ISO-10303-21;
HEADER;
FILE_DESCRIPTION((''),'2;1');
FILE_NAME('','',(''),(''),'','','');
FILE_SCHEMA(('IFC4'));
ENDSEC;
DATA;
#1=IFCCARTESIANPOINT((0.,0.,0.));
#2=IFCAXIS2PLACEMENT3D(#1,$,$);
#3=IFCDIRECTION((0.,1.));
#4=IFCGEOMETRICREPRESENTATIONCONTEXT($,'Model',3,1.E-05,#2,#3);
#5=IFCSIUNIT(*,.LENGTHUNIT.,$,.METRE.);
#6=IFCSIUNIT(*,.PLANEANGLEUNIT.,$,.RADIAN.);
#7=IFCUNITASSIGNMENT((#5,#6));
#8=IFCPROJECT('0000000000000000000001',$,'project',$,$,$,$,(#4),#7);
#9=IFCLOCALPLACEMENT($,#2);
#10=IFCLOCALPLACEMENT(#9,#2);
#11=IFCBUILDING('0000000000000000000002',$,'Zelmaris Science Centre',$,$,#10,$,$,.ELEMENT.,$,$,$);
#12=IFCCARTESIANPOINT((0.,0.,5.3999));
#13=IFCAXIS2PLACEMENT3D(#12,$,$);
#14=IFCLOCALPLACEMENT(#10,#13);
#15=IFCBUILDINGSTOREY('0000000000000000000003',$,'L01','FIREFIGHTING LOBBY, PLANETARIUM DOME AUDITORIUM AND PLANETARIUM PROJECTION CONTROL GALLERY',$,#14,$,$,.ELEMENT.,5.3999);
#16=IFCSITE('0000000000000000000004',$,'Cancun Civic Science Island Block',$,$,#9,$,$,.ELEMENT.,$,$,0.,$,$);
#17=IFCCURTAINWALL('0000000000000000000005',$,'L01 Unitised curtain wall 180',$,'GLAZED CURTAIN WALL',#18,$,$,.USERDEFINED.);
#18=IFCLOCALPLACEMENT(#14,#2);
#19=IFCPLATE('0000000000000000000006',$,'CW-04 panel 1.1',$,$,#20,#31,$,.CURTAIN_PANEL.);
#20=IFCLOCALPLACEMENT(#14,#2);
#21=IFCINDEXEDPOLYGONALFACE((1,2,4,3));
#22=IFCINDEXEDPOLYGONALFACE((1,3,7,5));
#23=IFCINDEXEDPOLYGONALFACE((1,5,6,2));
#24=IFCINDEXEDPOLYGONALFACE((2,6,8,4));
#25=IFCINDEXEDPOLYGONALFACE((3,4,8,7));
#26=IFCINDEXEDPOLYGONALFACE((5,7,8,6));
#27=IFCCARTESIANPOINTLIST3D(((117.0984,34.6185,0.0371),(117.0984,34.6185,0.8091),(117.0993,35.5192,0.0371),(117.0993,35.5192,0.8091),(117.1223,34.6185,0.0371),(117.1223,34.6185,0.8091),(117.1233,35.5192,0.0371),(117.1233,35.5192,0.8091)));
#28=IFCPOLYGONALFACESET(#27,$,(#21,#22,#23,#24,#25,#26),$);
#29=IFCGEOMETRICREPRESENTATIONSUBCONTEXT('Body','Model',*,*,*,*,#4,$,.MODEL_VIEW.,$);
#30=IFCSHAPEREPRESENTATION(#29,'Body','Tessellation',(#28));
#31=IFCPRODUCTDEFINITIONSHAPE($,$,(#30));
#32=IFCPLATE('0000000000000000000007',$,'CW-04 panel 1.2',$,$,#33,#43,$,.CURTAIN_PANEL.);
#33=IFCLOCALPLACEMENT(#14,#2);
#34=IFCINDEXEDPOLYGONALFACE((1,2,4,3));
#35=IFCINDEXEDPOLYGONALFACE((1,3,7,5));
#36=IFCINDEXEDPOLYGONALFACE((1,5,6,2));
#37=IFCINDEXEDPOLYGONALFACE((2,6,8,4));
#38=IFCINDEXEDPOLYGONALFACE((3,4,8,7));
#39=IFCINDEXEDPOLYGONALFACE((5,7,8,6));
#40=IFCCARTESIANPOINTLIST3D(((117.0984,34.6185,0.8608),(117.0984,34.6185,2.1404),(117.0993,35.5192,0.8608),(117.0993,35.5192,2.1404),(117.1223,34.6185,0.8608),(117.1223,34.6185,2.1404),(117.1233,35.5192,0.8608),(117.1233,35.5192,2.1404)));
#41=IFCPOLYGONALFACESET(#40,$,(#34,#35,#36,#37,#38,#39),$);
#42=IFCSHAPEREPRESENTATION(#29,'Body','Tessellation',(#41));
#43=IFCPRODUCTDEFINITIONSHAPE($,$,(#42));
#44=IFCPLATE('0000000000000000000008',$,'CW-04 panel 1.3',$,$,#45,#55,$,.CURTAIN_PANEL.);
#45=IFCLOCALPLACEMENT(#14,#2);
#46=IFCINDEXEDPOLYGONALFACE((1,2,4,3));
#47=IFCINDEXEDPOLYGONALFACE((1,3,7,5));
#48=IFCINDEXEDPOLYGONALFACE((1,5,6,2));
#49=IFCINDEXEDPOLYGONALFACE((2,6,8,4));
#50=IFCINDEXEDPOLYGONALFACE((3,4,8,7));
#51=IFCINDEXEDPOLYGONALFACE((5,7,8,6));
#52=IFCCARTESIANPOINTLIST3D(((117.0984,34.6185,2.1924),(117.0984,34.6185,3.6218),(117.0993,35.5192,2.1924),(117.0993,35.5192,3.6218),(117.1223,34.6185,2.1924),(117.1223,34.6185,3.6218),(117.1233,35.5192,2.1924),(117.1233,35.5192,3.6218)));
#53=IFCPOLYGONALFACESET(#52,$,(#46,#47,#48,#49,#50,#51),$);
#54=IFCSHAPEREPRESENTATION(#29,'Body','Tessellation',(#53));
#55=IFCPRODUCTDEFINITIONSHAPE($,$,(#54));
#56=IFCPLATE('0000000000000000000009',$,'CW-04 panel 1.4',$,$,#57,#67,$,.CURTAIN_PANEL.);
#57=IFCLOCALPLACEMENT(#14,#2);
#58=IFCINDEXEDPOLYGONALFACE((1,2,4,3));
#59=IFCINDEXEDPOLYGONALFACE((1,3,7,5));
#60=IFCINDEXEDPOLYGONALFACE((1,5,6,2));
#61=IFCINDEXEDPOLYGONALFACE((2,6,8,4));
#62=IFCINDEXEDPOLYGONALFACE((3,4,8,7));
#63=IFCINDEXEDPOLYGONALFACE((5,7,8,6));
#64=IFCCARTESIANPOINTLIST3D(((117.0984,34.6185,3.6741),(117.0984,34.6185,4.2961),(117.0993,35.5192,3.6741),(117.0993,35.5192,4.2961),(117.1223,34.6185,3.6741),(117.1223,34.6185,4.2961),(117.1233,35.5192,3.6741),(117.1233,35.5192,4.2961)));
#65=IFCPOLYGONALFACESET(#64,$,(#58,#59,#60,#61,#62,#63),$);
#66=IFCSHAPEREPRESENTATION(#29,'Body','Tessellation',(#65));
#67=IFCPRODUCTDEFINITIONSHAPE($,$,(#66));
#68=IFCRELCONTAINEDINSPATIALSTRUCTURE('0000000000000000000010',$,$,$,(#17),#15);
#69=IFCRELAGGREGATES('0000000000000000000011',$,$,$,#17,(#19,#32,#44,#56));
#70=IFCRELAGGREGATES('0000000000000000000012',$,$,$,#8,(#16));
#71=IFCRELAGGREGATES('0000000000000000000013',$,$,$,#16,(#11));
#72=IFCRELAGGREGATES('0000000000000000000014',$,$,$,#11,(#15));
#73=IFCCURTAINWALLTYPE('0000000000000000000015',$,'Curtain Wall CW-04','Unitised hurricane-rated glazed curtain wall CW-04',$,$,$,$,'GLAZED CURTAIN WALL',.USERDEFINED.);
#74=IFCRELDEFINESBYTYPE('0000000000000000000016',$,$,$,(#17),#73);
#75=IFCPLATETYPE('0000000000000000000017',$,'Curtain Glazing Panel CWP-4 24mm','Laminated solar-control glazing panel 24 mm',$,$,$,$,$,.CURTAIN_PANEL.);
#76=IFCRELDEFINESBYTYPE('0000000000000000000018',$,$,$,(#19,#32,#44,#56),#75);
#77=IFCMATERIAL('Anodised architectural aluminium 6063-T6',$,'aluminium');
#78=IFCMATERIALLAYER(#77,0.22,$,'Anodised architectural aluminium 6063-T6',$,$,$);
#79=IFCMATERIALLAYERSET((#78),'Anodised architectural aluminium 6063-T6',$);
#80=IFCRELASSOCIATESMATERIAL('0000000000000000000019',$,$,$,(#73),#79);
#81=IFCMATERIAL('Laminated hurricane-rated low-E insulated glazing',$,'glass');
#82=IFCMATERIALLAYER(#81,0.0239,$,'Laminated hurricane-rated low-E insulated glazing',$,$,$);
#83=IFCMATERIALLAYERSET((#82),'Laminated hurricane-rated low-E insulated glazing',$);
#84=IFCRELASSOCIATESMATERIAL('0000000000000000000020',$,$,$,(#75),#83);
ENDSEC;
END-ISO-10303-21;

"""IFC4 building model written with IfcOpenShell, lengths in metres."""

from ifc_helpers import new_model, si_unit, direction, frame, origin, origin_2d, place, context, subcontext, project, spatial, rectangle, extrude, material, layer, layer_set, type_object, element, aggregate, save


model = new_model("IFC4")

# Units and contexts
model_context = context("Model", 3, precision=1e-05, world=origin(), true_north=direction((0.0, 1.0)))
body_context = subcontext(model_context, "Body", "Model", "MODEL_VIEW")
ifc_project = project(units=[si_unit("LENGTHUNIT", "METRE"), si_unit("PLANEANGLEUNIT", "RADIAN")], contexts=[model_context])

# Site, building, storey
site_placement = place(None, origin())
site = spatial("IfcSite", under=ifc_project, at=site_placement, Name="Cancun Civic Science Island Block", CompositionType="ELEMENT", RefElevation=0.0)
building_placement = place(site_placement, origin())
building = spatial("IfcBuilding", under=site, at=building_placement, Name="Zelmaris Science Centre", CompositionType="ELEMENT")
storey_placement = place(building_placement, frame((0.0, 0.0, 5.3999)))
storey = spatial("IfcBuildingStorey", under=building, at=storey_placement, Name="L01", Description="FIREFIGHTING LOBBY, PLANETARIUM DOME AUDITORIUM AND PLANETARIUM PROJECTION CONTROL GALLERY", CompositionType="ELEMENT", Elevation=5.3999)

# Curtain wall
ifc_material_1 = material(Name="Anodised architectural aluminium 6063-T6", Category="aluminium")
ifc_layer_1 = layer(ifc_material_1, 0.22, Name="Anodised architectural aluminium 6063-T6")
ifc_layer_set_1 = layer_set([ifc_layer_1], Name="Anodised architectural aluminium 6063-T6")
curtain_wall_type_1 = type_object("IfcCurtainWallType", Name="Curtain Wall CW-04", Description="Unitised hurricane-rated glazed curtain wall CW-04", ElementType="GLAZED CURTAIN WALL", PredefinedType="USERDEFINED", material=ifc_layer_set_1)
curtain_wall_1_placement = place(storey_placement, origin())
curtain_wall_1 = element("IfcCurtainWall", 1, at=curtain_wall_1_placement, inside=storey, type_object=curtain_wall_type_1, Name="L01 Unitised curtain wall 180", ObjectType="GLAZED CURTAIN WALL", PredefinedType="USERDEFINED")

# Plates
ifc_material_2 = material(Name="Laminated hurricane-rated low-E insulated glazing", Category="glass")
ifc_layer_2 = layer(ifc_material_2, 0.0239, Name="Laminated hurricane-rated low-E insulated glazing")
ifc_layer_set_2 = layer_set([ifc_layer_2], Name="Laminated hurricane-rated low-E insulated glazing")
plate_type_1 = type_object("IfcPlateType", Name="Curtain Glazing Panel CWP-4 24mm", Description="Laminated solar-control glazing panel 24 mm", PredefinedType="CURTAIN_PANEL", material=ifc_layer_set_2)
plate_1_placement = place(storey_placement, frame((117.1108, 35.0688, 0.0371), z_axis=(0.0, 0.0, 1.0), x_axis=(0.001022, 0.999999, 0.0)))
plate_1 = element("IfcPlate", 2, at=plate_1_placement, type_object=plate_type_1, Name="CW-04 panel 1.1", PredefinedType="CURTAIN_PANEL", context=body_context, shape_type="SweptSolid", body=[
    extrude(rectangle(XDim=0.9006, YDim=0.0239, at=origin_2d()), origin(), (0.0, 0.0, 1.0), 0.772),
])
plate_2_placement = place(storey_placement, frame((117.1108, 35.0688, 0.8608), z_axis=(0.0, 0.0, 1.0), x_axis=(0.001022, 0.999999, 0.0)))
plate_2 = element("IfcPlate", 3, at=plate_2_placement, type_object=plate_type_1, Name="CW-04 panel 1.2", PredefinedType="CURTAIN_PANEL", context=body_context, shape_type="SweptSolid", body=[
    extrude(rectangle(XDim=0.9006, YDim=0.0239, at=origin_2d()), origin(), (0.0, 0.0, 1.0), 1.2795),
])
plate_3_placement = place(storey_placement, frame((117.1108, 35.0688, 2.1924), z_axis=(0.0, 0.0, 1.0), x_axis=(0.001022, 0.999999, 0.0)))
plate_3 = element("IfcPlate", 4, at=plate_3_placement, type_object=plate_type_1, Name="CW-04 panel 1.3", PredefinedType="CURTAIN_PANEL", context=body_context, shape_type="SweptSolid", body=[
    extrude(rectangle(XDim=0.9006, YDim=0.0239, at=origin_2d()), origin(), (0.0, 0.0, 1.0), 1.4294),
])
plate_4_placement = place(storey_placement, frame((117.1108, 35.0688, 3.6741), z_axis=(0.0, 0.0, 1.0), x_axis=(0.001022, 0.999999, 0.0)))
plate_4 = element("IfcPlate", 5, at=plate_4_placement, type_object=plate_type_1, Name="CW-04 panel 1.4", PredefinedType="CURTAIN_PANEL", context=body_context, shape_type="SweptSolid", body=[
    extrude(rectangle(XDim=0.9006, YDim=0.0239, at=origin_2d()), origin(), (0.0, 0.0, 1.0), 0.6221),
])
aggregate(curtain_wall_1, [plate_1, plate_2, plate_3, plate_4])

save(model, "model.ifc")
